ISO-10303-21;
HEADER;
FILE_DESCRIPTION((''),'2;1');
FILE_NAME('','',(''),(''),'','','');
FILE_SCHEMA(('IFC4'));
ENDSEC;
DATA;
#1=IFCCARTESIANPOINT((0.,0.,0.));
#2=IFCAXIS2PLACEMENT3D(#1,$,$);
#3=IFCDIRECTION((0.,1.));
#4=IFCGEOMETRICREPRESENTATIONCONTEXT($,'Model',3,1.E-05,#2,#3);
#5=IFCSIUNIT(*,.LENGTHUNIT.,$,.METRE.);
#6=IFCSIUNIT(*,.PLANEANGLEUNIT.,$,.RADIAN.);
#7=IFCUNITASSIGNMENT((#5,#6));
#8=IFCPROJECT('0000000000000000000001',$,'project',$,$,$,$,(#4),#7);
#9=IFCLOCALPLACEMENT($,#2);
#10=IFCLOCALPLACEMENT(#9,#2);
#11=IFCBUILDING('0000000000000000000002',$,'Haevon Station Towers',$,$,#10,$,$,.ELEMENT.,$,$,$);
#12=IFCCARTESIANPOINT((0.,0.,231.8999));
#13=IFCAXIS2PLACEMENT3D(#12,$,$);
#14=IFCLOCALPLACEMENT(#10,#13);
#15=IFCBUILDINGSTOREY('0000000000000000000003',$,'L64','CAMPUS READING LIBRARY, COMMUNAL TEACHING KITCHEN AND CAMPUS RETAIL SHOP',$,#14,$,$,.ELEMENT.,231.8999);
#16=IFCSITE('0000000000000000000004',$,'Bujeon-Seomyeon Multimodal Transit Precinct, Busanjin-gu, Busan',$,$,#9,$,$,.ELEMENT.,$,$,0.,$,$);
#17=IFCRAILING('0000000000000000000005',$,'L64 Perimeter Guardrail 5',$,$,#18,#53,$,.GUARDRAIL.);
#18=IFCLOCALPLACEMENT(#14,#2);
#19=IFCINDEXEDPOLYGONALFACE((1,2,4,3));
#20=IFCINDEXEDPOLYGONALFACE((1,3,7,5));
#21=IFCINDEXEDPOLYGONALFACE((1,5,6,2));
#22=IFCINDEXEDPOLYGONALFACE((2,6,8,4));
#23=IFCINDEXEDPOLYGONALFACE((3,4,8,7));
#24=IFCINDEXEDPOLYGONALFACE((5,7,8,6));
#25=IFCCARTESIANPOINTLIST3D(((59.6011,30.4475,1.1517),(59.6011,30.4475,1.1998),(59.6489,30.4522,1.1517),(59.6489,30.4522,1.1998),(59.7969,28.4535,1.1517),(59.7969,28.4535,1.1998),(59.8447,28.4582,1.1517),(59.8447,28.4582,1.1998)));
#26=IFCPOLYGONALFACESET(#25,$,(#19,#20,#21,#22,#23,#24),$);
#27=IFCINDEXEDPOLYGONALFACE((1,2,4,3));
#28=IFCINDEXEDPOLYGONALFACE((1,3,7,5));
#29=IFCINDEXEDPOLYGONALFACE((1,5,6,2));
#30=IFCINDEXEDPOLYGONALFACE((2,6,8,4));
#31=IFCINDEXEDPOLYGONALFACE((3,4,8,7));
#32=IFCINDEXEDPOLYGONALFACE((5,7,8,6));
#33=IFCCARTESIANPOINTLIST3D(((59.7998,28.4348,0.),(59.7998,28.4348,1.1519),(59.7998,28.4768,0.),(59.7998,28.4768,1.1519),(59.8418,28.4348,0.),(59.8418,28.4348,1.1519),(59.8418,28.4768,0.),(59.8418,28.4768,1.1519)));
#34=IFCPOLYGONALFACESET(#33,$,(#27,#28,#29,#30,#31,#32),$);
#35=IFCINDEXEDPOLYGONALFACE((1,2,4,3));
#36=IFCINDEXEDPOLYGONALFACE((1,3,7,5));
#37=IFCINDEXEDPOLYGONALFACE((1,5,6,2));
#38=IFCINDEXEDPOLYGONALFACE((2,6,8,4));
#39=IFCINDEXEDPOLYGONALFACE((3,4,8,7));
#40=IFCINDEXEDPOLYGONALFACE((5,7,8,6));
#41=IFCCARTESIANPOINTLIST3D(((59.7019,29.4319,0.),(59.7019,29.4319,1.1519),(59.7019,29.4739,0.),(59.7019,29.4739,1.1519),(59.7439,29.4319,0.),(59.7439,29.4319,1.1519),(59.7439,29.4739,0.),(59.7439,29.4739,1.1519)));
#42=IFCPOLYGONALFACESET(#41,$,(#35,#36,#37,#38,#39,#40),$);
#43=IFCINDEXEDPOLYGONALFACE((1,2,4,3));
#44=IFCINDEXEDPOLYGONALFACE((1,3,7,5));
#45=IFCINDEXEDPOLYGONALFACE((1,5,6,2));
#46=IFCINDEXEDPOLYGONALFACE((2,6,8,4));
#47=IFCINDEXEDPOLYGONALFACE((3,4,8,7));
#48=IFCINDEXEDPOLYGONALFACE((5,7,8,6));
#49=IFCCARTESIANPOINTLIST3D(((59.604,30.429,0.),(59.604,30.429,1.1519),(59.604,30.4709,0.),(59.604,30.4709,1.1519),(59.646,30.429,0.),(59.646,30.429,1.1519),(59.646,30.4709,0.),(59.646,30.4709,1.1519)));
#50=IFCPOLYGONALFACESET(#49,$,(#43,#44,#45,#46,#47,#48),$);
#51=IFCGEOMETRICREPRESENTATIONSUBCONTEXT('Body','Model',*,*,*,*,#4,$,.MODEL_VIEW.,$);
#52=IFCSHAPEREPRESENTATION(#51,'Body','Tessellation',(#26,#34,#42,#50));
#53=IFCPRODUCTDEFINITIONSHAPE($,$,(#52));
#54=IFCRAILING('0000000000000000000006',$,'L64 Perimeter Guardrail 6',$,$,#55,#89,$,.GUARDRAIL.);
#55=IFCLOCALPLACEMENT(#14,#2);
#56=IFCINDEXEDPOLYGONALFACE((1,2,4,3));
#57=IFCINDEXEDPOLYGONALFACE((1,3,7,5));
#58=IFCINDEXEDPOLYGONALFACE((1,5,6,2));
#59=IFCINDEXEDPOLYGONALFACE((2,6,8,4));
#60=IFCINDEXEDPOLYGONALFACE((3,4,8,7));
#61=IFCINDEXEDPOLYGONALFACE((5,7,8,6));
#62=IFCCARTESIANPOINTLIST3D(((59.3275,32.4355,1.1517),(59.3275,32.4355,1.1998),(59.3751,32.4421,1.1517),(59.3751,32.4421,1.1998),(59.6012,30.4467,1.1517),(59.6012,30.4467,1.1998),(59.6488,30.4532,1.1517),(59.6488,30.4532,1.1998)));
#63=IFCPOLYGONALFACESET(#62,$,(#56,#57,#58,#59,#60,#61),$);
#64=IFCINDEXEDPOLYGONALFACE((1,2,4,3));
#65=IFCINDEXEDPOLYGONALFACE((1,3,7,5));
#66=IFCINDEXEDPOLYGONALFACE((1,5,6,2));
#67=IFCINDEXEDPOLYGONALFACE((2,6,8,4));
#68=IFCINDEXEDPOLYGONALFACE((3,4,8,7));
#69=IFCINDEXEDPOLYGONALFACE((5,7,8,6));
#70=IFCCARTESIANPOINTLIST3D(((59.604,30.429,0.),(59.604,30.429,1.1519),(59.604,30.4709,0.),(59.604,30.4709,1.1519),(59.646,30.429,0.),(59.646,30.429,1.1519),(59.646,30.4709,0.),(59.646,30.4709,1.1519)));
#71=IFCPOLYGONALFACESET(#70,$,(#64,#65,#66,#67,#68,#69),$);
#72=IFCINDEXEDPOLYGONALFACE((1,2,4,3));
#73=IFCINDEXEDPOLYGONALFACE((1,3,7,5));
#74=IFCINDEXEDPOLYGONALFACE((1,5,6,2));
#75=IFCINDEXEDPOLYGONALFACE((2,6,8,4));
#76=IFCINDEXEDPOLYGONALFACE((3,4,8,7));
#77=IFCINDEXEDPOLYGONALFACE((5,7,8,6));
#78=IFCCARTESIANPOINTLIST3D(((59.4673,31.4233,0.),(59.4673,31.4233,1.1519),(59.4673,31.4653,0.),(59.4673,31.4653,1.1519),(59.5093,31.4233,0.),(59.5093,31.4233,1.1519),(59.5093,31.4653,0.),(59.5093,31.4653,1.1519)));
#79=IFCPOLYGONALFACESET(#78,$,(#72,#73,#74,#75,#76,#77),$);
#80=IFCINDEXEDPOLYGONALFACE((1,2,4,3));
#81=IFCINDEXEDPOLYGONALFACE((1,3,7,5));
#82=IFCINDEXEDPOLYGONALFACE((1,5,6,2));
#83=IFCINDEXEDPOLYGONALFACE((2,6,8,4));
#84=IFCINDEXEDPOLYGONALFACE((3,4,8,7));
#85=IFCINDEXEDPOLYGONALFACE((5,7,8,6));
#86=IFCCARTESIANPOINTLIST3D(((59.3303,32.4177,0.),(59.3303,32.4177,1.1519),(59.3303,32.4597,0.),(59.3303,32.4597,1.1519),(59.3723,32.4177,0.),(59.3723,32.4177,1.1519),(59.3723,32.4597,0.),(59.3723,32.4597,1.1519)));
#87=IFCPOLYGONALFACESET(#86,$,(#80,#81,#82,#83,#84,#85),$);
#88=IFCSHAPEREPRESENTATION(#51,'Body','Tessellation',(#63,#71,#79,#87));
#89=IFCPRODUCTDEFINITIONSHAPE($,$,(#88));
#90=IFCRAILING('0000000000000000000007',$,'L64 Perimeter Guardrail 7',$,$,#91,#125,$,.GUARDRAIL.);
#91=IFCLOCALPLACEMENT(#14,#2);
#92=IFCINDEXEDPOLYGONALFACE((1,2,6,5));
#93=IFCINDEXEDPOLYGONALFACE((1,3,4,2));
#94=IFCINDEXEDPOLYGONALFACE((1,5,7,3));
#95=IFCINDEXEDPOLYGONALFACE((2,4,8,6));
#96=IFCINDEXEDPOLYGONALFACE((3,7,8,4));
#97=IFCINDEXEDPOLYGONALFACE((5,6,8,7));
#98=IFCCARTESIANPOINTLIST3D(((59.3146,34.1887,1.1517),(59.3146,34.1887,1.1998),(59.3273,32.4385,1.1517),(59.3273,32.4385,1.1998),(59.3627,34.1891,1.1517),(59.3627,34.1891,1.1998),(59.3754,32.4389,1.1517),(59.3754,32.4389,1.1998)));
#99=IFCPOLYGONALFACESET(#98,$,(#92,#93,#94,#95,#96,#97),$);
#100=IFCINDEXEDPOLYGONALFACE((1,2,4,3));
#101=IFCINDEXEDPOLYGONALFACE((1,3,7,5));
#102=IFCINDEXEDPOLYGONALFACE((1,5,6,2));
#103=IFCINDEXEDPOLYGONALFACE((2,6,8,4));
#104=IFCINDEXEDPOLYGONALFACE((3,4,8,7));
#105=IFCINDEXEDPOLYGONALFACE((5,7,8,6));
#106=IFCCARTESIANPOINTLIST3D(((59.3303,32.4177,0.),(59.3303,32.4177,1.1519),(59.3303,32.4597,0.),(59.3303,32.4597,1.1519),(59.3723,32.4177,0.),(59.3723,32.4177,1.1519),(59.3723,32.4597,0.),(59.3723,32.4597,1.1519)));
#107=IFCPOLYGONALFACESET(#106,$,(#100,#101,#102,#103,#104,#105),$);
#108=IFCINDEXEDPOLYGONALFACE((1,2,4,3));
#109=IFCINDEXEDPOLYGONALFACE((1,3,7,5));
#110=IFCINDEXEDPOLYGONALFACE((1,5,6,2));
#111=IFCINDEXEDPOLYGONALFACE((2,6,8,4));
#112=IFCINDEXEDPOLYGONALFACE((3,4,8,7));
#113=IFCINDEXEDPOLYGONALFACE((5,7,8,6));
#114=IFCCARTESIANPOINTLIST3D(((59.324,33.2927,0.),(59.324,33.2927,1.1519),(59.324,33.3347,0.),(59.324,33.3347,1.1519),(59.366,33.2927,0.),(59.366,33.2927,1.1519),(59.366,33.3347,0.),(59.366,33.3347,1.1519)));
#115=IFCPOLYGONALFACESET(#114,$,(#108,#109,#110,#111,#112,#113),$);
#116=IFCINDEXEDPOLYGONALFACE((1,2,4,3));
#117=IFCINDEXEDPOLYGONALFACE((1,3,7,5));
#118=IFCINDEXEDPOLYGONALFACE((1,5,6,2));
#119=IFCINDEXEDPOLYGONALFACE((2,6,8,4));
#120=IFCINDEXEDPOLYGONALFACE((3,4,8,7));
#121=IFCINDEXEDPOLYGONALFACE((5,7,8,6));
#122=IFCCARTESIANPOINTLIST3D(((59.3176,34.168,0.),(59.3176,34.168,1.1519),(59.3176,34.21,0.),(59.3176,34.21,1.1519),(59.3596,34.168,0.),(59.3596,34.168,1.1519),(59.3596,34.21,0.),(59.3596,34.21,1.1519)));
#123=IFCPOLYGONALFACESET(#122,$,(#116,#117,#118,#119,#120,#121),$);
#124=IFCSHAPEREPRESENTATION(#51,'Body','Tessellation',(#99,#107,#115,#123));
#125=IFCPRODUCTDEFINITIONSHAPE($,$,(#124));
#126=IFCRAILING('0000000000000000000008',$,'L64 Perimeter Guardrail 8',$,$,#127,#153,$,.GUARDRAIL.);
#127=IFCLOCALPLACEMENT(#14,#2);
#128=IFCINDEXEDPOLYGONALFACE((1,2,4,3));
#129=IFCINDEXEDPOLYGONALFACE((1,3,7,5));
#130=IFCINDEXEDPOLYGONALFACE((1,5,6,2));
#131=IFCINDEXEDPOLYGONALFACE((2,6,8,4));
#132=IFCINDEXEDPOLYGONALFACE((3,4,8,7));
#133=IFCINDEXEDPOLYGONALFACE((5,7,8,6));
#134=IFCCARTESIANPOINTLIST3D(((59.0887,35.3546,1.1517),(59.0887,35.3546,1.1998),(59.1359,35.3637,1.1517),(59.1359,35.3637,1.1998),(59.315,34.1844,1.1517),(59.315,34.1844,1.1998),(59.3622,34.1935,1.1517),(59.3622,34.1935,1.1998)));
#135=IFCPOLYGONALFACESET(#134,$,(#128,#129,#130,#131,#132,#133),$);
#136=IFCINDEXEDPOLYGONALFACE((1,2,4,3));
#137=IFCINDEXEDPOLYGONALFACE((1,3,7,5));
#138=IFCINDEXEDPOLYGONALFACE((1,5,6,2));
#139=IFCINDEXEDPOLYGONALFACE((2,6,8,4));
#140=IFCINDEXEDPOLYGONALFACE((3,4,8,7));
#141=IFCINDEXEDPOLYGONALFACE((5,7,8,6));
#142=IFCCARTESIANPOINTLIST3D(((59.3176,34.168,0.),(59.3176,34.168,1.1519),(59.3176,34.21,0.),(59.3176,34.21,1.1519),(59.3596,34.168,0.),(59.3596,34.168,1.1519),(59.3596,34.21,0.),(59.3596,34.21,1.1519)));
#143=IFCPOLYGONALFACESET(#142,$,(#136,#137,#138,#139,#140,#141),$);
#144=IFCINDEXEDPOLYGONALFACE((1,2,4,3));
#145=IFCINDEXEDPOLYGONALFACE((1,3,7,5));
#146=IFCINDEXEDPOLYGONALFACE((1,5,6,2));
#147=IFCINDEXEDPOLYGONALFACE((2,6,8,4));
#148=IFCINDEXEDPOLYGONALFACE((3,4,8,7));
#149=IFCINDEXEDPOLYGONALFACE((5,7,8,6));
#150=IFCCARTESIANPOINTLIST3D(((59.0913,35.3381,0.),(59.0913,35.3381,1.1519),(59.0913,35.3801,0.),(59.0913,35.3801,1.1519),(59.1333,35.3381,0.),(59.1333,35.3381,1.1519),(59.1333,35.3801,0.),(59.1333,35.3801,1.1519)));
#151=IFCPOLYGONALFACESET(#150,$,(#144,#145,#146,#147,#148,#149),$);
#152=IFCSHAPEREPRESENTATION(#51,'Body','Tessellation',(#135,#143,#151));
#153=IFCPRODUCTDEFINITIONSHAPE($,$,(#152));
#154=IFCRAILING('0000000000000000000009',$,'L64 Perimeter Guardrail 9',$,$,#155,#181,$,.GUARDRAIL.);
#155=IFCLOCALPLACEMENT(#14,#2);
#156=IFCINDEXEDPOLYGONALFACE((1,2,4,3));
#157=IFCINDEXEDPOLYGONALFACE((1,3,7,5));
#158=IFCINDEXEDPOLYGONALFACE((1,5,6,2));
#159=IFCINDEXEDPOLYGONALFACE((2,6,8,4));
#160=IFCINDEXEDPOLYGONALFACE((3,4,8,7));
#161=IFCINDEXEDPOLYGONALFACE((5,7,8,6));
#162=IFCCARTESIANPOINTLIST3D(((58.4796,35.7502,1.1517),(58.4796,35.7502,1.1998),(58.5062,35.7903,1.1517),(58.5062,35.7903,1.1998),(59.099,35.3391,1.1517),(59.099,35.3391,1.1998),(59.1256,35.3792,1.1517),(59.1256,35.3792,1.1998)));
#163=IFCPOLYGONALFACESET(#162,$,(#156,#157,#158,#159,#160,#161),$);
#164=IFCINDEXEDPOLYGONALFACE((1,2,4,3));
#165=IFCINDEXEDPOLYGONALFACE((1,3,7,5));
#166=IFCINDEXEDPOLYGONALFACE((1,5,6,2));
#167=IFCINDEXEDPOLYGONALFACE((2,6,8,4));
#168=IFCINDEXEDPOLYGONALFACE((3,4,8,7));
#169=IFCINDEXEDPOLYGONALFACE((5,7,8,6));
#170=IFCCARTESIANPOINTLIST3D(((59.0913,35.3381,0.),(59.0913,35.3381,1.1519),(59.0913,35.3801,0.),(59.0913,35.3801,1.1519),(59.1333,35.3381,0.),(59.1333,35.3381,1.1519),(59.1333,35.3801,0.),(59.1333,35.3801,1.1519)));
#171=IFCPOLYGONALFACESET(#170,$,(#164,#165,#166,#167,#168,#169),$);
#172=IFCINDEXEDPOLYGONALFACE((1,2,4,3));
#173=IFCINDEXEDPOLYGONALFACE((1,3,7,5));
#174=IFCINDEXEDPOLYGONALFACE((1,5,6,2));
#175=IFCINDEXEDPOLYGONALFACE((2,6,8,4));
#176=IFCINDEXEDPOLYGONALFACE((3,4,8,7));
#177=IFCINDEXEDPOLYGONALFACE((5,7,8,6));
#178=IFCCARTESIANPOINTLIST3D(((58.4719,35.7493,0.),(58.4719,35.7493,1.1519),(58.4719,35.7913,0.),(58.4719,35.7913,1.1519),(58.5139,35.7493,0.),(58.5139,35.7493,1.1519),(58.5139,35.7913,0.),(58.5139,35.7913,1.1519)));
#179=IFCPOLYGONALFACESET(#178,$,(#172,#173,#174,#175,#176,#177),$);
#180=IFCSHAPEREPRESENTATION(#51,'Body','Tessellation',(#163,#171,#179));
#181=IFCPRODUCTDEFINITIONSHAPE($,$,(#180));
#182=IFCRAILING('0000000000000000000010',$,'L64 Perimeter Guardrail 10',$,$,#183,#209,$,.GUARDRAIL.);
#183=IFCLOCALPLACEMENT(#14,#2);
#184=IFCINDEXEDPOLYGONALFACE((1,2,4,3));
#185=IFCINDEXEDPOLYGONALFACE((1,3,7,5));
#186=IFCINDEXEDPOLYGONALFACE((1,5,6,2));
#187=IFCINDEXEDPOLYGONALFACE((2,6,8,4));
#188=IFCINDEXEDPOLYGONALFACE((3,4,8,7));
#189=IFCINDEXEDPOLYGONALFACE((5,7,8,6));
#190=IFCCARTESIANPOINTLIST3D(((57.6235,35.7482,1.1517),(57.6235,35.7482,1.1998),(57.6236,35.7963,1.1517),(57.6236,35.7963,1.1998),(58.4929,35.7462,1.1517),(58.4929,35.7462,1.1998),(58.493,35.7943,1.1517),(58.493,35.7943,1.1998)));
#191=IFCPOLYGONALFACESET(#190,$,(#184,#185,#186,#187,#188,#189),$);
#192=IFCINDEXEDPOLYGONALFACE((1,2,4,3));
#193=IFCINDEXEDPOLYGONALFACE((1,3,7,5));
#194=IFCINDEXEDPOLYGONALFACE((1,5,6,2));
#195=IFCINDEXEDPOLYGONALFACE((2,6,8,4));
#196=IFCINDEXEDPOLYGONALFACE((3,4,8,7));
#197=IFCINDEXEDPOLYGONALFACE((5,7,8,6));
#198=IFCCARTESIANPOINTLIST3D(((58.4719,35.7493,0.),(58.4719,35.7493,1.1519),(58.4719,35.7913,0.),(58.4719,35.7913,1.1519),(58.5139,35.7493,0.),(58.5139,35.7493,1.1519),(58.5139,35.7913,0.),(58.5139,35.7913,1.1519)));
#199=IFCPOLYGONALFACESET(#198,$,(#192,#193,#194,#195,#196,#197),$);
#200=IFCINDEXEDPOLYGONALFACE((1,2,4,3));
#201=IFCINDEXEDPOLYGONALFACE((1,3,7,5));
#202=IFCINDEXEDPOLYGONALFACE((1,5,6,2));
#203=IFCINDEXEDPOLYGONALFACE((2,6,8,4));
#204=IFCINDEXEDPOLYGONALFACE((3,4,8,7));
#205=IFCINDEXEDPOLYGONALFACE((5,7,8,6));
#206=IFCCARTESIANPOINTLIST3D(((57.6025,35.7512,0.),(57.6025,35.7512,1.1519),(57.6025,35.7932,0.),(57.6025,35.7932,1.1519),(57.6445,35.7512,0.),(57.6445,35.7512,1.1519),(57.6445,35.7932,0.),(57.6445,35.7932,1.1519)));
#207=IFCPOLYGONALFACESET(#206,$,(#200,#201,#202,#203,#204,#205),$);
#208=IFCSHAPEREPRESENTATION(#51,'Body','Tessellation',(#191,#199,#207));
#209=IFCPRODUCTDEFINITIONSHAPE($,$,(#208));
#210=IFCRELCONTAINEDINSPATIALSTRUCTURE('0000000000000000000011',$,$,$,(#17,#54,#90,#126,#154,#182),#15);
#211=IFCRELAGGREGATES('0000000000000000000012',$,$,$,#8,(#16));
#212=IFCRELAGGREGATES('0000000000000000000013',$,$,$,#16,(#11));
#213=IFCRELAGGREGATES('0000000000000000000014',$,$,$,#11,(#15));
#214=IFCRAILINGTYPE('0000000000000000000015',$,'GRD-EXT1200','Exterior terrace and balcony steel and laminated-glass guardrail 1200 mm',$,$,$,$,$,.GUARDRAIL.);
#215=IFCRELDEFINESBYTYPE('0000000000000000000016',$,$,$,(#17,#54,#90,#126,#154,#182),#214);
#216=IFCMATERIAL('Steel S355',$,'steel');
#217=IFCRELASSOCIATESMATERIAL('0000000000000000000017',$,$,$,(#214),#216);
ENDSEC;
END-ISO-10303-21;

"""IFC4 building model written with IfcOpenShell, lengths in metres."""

from ifc_helpers import new_model, si_unit, direction, frame, origin, origin_2d, place, context, subcontext, project, spatial, rectangle, extrude, material, type_object, element, save


model = new_model("IFC4")

# Units and contexts
model_context = context("Model", 3, precision=1e-05, world=origin(), true_north=direction((0.0, 1.0)))
body_context = subcontext(model_context, "Body", "Model", "MODEL_VIEW")
ifc_project = project(units=[si_unit("LENGTHUNIT", "METRE"), si_unit("PLANEANGLEUNIT", "RADIAN")], contexts=[model_context])

# Site, building, storey
site_placement = place(None, origin())
site = spatial("IfcSite", under=ifc_project, at=site_placement, Name="Bujeon-Seomyeon Multimodal Transit Precinct, Busanjin-gu, Busan", CompositionType="ELEMENT", RefElevation=0.0)
building_placement = place(site_placement, origin())
building = spatial("IfcBuilding", under=site, at=building_placement, Name="Haevon Station Towers", CompositionType="ELEMENT")
storey_placement = place(building_placement, frame((0.0, 0.0, 231.8999)))
storey = spatial("IfcBuildingStorey", under=building, at=storey_placement, Name="L64", Description="CAMPUS READING LIBRARY, COMMUNAL TEACHING KITCHEN AND CAMPUS RETAIL SHOP", CompositionType="ELEMENT", Elevation=231.8999)

# Shared definitions
ifc_material_1 = material(Name="Steel S355", Category="steel")

# Railings
railing_type = type_object("IfcRailingType", Name="GRD-EXT1200", Description="Exterior terrace and balcony steel and laminated-glass guardrail 1200 mm", PredefinedType="GUARDRAIL", material=ifc_material_1)
railing_1_placement = place(storey_placement, frame((59.8208, 28.4558, 0.0)))
element("IfcRailing", 1, at=railing_1_placement, inside=storey, type_object=railing_type, Name="L64 Perimeter Guardrail 5", PredefinedType="GUARDRAIL", context=body_context, shape_type="SweptSolid", body=[
    extrude(rectangle(XDim=0.0481, YDim=0.0481, at=origin_2d()), frame((0.0, 0.0, 1.1758), z_axis=(-0.097718, 0.995214, 0.0), x_axis=(-0.995214, -0.097718, 0.0)), (0.0, 0.0, 1.0), 2.0037),
    extrude(rectangle(XDim=0.042, YDim=0.042, at=origin_2d()), origin(), (0.0, 0.0, 1.0), 1.1519),
    extrude(rectangle(XDim=0.042, YDim=0.042, at=origin_2d()), frame((-0.0979, 0.9971, 0.0)), (0.0, 0.0, 1.0), 1.1519),
    extrude(rectangle(XDim=0.042, YDim=0.042, at=origin_2d()), frame((-0.1958, 1.9941, 0.0)), (0.0, 0.0, 1.0), 1.1519),
])
railing_2_placement = place(storey_placement, frame((59.625, 30.45, 0.0)))
element("IfcRailing", 2, at=railing_2_placement, inside=storey, type_object=railing_type, Name="L64 Perimeter Guardrail 6", PredefinedType="GUARDRAIL", context=body_context, shape_type="SweptSolid", body=[
    extrude(rectangle(XDim=0.0481, YDim=0.0481, at=origin_2d()), frame((0.0, 0.0, 1.1758), z_axis=(-0.136329, 0.990664, 0.0), x_axis=(-0.990664, -0.136329, 0.0)), (0.0, 0.0, 1.0), 2.0076),
    extrude(rectangle(XDim=0.042, YDim=0.042, at=origin_2d()), origin(), (0.0, 0.0, 1.0), 1.1519),
    extrude(rectangle(XDim=0.042, YDim=0.042, at=origin_2d()), frame((-0.1367, 0.9944, 0.0)), (0.0, 0.0, 1.0), 1.1519),
    extrude(rectangle(XDim=0.042, YDim=0.042, at=origin_2d()), frame((-0.2737, 1.9888, 0.0)), (0.0, 0.0, 1.0), 1.1519),
])
railing_3_placement = place(storey_placement, frame((59.3513, 32.4387, 0.0)))
element("IfcRailing", 3, at=railing_3_placement, inside=storey, type_object=railing_type, Name="L64 Perimeter Guardrail 7", PredefinedType="GUARDRAIL", context=body_context, shape_type="SweptSolid", body=[
    extrude(rectangle(XDim=0.0481, YDim=0.0481, at=origin_2d()), frame((0.0, 0.0, 1.1758), z_axis=(-0.007253, 0.999974, 0.0), x_axis=(-0.999974, -0.007253, 0.0)), (0.0, 0.0, 1.0), 1.7502),
    extrude(rectangle(XDim=0.042, YDim=0.042, at=origin_2d()), origin(), (0.0, 0.0, 1.0), 1.1519),
    extrude(rectangle(XDim=0.042, YDim=0.042, at=origin_2d()), frame((-0.0063, 0.875, 0.0)), (0.0, 0.0, 1.0), 1.1519),
    extrude(rectangle(XDim=0.042, YDim=0.042, at=origin_2d()), frame((-0.0127, 1.7502, 0.0)), (0.0, 0.0, 1.0), 1.1519),
])
railing_4_placement = place(storey_placement, frame((59.3386, 34.189, 0.0)))
element("IfcRailing", 4, at=railing_4_placement, inside=storey, type_object=railing_type, Name="L64 Perimeter Guardrail 8", PredefinedType="GUARDRAIL", context=body_context, shape_type="SweptSolid", body=[
    extrude(rectangle(XDim=0.0481, YDim=0.0481, at=origin_2d()), frame((0.0, 0.0, 1.1758), z_axis=(-0.189888, 0.981806, 0.0), x_axis=(-0.981806, -0.189888, 0.0)), (0.0, 0.0, 1.0), 1.1919),
    extrude(rectangle(XDim=0.042, YDim=0.042, at=origin_2d()), origin(), (0.0, 0.0, 1.0), 1.1519),
    extrude(rectangle(XDim=0.042, YDim=0.042, at=origin_2d()), frame((-0.2263, 1.1702, 0.0)), (0.0, 0.0, 1.0), 1.1519),
])
railing_5_placement = place(storey_placement, frame((59.1123, 35.3591, 0.0)))
element("IfcRailing", 5, at=railing_5_placement, inside=storey, type_object=railing_type, Name="L64 Perimeter Guardrail 9", PredefinedType="GUARDRAIL", context=body_context, shape_type="SweptSolid", body=[
    extrude(rectangle(XDim=0.0481, YDim=0.0481, at=origin_2d()), frame((0.0, 0.0, 1.1758), z_axis=(-0.83316, 0.553032, 0.0), x_axis=(-0.553032, -0.83316, 0.0)), (0.0, 0.0, 1.0), 0.7434),
    extrude(rectangle(XDim=0.042, YDim=0.042, at=origin_2d()), origin(), (0.0, 0.0, 1.0), 1.1519),
    extrude(rectangle(XDim=0.042, YDim=0.042, at=origin_2d()), frame((-0.6194, 0.4111, 0.0)), (0.0, 0.0, 1.0), 1.1519),
])
railing_6_placement = place(storey_placement, frame((58.4929, 35.7703, 0.0)))
element("IfcRailing", 6, at=railing_6_placement, inside=storey, type_object=railing_type, Name="L64 Perimeter Guardrail 10", PredefinedType="GUARDRAIL", context=body_context, shape_type="SweptSolid", body=[
    extrude(rectangle(XDim=0.0481, YDim=0.0481, at=origin_2d()), frame((0.0, 0.0, 1.1758), z_axis=(-0.999997, 0.002247, 0.0), x_axis=(-0.002247, -0.999997, 0.0)), (0.0, 0.0, 1.0), 0.8694),
    extrude(rectangle(XDim=0.042, YDim=0.042, at=origin_2d()), origin(), (0.0, 0.0, 1.0), 1.1519),
    extrude(rectangle(XDim=0.042, YDim=0.042, at=origin_2d()), frame((-0.8694, 0.002, 0.0)), (0.0, 0.0, 1.0), 1.1519),
])

save(model, "model.ifc")
